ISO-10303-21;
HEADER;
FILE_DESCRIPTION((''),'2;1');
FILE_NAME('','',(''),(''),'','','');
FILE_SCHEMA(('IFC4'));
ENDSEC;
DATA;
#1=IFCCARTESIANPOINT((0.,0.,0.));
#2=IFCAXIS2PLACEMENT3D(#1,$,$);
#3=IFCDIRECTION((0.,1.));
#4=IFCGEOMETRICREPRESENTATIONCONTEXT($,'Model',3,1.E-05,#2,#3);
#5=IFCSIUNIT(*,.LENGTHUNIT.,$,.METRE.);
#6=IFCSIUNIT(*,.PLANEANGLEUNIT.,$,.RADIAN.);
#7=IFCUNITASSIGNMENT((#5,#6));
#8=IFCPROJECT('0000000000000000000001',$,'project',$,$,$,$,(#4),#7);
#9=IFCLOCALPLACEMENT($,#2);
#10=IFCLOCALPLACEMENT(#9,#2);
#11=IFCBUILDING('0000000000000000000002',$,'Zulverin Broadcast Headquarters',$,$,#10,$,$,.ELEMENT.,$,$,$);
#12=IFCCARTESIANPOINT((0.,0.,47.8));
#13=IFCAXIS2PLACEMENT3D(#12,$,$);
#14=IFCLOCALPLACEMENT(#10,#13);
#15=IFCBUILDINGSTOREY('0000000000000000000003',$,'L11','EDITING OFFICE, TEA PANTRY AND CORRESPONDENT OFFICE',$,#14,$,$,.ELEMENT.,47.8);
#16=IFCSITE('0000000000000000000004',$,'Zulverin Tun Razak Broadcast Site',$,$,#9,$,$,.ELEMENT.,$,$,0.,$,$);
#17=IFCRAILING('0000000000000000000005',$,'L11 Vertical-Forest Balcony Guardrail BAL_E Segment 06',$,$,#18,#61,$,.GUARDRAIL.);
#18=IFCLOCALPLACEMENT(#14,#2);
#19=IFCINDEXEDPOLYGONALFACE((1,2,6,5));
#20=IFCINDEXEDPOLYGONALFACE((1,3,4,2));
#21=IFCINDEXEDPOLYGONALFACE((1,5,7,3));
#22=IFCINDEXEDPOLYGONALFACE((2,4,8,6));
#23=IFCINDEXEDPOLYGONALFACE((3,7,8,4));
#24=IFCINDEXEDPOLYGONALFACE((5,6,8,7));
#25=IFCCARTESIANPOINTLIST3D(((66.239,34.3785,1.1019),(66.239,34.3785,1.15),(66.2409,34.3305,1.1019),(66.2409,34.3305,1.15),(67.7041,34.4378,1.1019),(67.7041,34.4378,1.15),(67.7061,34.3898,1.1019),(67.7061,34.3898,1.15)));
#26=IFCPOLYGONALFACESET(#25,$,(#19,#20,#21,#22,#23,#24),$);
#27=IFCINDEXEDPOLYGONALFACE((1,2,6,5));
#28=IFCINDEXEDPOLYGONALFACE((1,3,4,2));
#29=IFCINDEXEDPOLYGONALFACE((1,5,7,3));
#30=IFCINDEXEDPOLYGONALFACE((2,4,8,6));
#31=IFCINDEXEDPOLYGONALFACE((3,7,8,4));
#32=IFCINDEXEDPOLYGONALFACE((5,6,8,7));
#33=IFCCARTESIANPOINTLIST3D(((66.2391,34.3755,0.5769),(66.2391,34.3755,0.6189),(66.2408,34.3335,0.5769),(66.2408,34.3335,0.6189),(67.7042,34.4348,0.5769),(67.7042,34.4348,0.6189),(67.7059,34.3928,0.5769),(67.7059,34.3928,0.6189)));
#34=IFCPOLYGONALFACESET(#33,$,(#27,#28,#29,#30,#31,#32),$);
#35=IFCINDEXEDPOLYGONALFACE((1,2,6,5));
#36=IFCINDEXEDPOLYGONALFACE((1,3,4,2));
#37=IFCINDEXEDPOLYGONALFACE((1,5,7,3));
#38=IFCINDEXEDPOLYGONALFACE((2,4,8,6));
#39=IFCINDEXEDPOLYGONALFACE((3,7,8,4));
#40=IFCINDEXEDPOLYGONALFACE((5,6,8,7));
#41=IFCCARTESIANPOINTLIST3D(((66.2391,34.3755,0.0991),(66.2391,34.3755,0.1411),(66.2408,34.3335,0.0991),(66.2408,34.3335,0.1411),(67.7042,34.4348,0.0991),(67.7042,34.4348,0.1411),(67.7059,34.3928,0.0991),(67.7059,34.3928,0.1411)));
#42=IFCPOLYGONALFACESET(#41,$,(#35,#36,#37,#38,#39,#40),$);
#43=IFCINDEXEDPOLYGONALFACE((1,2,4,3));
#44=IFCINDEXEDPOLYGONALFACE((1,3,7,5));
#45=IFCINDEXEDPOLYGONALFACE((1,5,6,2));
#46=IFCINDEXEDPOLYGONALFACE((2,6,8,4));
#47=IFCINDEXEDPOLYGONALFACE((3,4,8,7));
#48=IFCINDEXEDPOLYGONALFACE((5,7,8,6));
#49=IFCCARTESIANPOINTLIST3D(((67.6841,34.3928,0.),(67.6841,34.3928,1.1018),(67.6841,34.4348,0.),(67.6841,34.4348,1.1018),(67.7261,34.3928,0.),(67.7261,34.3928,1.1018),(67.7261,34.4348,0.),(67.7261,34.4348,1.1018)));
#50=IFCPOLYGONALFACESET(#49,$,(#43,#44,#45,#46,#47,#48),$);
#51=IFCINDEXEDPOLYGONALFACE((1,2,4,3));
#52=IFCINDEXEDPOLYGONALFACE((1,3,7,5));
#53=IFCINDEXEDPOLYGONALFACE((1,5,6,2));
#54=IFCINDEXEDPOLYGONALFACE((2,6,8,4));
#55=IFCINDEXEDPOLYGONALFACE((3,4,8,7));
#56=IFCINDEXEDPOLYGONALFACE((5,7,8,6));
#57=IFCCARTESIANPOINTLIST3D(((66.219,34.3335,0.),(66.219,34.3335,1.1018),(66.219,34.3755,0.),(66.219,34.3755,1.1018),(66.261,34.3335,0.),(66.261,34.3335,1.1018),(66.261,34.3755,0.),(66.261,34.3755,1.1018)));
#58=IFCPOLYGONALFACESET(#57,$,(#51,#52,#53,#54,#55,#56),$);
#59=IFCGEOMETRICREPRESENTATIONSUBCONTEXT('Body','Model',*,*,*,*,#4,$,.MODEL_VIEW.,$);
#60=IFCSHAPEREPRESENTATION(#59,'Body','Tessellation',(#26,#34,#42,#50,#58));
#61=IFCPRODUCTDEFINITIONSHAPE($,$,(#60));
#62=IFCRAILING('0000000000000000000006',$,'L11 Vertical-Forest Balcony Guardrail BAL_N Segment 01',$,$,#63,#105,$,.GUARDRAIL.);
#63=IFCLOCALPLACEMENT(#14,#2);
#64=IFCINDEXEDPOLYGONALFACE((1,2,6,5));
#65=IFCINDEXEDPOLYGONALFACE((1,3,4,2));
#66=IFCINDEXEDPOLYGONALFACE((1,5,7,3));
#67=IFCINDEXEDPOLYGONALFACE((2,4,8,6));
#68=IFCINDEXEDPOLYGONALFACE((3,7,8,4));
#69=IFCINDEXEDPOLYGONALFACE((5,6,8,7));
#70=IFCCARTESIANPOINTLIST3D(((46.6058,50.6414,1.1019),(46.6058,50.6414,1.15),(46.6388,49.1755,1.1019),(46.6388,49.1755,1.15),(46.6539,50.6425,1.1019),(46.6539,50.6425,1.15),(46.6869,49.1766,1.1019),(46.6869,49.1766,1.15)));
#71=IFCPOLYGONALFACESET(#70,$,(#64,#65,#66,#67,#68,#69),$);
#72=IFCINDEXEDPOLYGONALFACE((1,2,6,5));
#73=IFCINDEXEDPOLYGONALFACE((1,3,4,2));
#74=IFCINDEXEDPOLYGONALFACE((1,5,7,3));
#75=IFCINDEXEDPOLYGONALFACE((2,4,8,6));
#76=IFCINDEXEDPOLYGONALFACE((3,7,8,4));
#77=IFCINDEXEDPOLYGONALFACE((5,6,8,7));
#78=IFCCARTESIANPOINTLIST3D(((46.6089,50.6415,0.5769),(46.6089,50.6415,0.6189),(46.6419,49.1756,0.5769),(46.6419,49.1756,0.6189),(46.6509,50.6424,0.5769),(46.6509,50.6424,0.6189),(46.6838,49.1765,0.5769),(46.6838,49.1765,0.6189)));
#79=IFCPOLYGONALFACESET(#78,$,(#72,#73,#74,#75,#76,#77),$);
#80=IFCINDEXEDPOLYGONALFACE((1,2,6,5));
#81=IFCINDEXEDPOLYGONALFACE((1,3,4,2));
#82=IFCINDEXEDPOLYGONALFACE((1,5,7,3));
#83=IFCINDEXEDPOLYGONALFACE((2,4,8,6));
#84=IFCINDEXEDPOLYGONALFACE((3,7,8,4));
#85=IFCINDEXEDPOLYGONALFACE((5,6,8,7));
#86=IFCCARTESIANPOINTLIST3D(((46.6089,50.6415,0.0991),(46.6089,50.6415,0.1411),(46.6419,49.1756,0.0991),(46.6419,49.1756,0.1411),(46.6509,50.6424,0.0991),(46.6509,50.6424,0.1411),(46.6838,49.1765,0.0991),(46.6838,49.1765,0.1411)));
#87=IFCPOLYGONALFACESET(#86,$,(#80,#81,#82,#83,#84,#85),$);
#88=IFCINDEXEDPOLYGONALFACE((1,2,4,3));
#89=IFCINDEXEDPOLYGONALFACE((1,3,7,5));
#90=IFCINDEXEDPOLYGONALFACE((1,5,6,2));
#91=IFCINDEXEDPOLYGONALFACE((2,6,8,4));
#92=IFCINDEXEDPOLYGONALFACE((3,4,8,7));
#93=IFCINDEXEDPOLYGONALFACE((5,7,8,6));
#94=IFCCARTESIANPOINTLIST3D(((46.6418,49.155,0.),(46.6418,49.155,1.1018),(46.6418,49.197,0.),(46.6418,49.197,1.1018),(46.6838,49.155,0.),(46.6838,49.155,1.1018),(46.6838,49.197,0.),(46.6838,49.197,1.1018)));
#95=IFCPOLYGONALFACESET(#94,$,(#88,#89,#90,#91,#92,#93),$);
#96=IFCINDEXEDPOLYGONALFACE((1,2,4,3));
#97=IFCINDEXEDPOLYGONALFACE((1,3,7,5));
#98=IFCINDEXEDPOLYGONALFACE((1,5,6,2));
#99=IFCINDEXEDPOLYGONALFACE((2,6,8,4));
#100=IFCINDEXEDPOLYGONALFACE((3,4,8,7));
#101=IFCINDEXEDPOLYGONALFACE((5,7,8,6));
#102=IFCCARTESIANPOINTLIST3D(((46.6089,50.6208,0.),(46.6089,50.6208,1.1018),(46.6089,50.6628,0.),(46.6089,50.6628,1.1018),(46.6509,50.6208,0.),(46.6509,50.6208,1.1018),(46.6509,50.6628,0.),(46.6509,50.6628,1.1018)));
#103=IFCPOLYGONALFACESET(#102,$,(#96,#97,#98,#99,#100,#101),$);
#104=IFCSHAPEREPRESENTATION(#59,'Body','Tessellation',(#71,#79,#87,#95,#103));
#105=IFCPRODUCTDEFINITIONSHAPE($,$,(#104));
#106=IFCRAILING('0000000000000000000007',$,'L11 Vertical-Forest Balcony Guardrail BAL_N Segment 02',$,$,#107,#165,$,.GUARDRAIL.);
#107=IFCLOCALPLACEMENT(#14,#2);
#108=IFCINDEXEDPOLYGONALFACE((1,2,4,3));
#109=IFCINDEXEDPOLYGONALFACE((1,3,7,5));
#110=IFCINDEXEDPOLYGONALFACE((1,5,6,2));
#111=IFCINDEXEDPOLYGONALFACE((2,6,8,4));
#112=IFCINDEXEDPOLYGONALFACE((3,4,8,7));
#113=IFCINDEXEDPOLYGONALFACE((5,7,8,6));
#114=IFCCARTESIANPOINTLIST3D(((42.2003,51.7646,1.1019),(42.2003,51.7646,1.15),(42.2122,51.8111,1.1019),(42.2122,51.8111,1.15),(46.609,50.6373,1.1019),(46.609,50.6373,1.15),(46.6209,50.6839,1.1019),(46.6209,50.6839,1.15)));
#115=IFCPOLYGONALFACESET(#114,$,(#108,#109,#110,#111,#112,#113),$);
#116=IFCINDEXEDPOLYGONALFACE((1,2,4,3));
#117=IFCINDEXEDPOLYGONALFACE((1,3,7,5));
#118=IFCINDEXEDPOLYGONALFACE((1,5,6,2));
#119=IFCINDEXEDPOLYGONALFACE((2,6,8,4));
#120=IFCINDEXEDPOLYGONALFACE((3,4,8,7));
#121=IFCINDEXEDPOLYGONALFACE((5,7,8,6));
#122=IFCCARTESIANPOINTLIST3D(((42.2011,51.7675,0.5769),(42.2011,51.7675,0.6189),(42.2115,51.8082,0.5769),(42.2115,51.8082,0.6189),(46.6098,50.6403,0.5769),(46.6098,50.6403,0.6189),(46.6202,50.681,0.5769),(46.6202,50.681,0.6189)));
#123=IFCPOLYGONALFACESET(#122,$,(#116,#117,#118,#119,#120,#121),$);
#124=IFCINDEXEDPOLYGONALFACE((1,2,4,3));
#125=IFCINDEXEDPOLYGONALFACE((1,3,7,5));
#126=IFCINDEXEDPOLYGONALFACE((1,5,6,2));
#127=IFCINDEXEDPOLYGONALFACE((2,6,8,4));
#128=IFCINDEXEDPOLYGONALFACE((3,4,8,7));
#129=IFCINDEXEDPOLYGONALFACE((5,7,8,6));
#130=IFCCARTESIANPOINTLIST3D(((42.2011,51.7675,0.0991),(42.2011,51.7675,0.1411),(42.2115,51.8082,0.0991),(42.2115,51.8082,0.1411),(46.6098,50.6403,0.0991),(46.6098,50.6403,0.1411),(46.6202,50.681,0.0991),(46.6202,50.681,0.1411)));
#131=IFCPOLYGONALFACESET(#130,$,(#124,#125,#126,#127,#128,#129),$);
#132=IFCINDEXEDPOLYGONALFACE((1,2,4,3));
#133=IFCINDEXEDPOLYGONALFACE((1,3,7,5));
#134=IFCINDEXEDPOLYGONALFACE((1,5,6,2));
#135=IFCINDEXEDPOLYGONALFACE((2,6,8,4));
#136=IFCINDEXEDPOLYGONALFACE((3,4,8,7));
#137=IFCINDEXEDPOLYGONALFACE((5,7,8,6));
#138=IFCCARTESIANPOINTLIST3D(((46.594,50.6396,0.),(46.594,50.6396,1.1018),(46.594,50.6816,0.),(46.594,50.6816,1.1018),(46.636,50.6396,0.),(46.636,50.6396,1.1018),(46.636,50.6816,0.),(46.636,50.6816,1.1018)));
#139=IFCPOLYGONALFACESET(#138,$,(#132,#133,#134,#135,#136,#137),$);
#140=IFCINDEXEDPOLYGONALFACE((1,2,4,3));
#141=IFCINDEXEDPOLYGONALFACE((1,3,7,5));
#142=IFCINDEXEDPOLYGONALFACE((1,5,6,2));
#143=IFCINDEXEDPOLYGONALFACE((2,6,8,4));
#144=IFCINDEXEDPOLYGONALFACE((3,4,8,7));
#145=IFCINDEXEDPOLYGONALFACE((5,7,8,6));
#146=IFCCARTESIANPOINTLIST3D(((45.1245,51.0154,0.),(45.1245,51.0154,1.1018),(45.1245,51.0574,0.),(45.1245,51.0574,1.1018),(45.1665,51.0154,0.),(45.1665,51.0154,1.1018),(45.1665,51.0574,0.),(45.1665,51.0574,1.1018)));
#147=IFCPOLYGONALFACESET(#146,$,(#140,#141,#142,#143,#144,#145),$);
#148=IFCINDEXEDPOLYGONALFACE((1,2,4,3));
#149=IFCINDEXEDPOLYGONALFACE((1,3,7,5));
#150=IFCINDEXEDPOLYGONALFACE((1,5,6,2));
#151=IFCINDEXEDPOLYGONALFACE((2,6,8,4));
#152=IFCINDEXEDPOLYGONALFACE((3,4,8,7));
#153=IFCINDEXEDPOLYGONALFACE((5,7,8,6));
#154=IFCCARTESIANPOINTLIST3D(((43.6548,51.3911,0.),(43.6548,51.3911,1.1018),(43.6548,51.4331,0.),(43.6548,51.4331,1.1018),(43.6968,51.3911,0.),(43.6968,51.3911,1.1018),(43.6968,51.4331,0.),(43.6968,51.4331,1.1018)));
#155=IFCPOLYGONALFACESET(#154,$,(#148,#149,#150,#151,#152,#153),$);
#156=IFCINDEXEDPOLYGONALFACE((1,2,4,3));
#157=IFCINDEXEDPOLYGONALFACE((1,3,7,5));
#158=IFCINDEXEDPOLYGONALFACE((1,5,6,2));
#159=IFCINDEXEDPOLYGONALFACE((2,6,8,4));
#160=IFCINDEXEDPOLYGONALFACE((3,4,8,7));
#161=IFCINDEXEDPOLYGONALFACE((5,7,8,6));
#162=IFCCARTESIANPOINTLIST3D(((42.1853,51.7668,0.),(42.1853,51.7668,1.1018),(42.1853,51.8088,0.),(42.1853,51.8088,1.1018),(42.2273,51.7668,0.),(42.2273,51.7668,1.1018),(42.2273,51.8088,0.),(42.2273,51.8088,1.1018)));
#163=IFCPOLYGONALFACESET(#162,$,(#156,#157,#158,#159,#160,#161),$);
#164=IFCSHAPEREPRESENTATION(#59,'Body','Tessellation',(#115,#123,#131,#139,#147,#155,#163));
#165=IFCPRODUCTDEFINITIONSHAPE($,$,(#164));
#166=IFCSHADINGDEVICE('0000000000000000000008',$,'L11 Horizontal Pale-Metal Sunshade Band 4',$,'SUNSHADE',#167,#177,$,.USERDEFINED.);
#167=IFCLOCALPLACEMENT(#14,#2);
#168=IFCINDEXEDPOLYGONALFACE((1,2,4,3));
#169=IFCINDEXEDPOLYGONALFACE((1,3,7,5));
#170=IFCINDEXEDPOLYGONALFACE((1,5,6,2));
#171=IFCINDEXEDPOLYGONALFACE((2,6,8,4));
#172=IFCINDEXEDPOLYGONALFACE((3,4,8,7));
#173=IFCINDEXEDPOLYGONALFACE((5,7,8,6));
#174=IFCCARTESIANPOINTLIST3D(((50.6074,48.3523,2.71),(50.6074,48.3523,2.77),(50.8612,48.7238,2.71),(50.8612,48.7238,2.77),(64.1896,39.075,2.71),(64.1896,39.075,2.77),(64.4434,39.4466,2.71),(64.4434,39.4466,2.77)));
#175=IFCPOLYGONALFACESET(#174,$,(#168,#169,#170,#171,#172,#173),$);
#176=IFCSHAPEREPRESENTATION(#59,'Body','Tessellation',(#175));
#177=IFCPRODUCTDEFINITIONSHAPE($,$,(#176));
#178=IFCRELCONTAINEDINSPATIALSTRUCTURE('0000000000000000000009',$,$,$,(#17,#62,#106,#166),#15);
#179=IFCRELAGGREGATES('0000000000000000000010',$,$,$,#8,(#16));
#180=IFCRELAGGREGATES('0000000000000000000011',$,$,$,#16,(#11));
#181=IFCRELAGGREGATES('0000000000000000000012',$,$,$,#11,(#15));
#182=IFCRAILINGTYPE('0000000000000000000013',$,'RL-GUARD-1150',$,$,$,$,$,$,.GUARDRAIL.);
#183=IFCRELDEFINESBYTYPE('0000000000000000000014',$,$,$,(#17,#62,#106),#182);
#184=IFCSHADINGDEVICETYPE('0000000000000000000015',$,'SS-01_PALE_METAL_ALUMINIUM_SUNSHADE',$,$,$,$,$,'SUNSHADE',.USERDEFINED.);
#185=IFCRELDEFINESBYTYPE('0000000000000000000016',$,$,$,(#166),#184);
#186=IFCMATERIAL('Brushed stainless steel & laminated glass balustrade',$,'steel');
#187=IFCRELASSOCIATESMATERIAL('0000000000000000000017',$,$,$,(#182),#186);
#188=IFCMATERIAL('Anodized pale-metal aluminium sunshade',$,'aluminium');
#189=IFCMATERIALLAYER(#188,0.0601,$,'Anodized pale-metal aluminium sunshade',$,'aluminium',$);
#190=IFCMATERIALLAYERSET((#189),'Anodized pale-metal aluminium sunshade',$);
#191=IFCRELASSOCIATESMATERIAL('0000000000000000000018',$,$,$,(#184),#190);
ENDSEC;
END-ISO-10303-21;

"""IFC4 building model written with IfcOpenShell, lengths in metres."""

from ifc_helpers import new_model, si_unit, direction, frame, origin, origin_2d, place, context, subcontext, project, spatial, rectangle, extrude, material, layer, layer_set, type_object, element, save


model = new_model("IFC4")

# Units and contexts
model_context = context("Model", 3, precision=1e-05, world=origin(), true_north=direction((0.0, 1.0)))
body_context = subcontext(model_context, "Body", "Model", "MODEL_VIEW")
ifc_project = project(units=[si_unit("LENGTHUNIT", "METRE"), si_unit("PLANEANGLEUNIT", "RADIAN")], contexts=[model_context])

# Site, building, storey
site_placement = place(None, origin())
site = spatial("IfcSite", under=ifc_project, at=site_placement, Name="Zulverin Tun Razak Broadcast Site", CompositionType="ELEMENT", RefElevation=0.0)
building_placement = place(site_placement, origin())
building = spatial("IfcBuilding", under=site, at=building_placement, Name="Zulverin Broadcast Headquarters", CompositionType="ELEMENT")
storey_placement = place(building_placement, frame((0.0, 0.0, 47.8)))
storey = spatial("IfcBuildingStorey", under=building, at=storey_placement, Name="L11", Description="EDITING OFFICE, TEA PANTRY AND CORRESPONDENT OFFICE", CompositionType="ELEMENT", Elevation=47.8)

# Railings
ifc_material_1 = material(Name="Brushed stainless steel & laminated glass balustrade", Category="steel")
railing_type = type_object("IfcRailingType", Name="RL-GUARD-1150", PredefinedType="GUARDRAIL", material=ifc_material_1)
railing_1_placement = place(storey_placement, frame((67.7051, 34.4138, 0.0)))
element("IfcRailing", 1, at=railing_1_placement, inside=storey, type_object=railing_type, Name="L11 Vertical-Forest Balcony Guardrail BAL_E Segment 06", PredefinedType="GUARDRAIL", context=body_context, shape_type="SweptSolid", body=[
    extrude(rectangle(XDim=0.0481, YDim=0.0481, at=origin_2d()), frame((0.0, 0.0, 1.126), z_axis=(-0.999181, -0.04046, 0.0), x_axis=(0.04046, -0.999181, 0.0)), (0.0, 0.0, 1.0), 1.4663),
    extrude(rectangle(XDim=0.042, YDim=0.042, at=origin_2d()), frame((0.0, 0.0, 0.5979), z_axis=(-0.999181, -0.04046, 0.0), x_axis=(0.04046, -0.999181, 0.0)), (0.0, 0.0, 1.0), 1.4663),
    extrude(rectangle(XDim=0.042, YDim=0.042, at=origin_2d()), frame((0.0, 0.0, 0.1201), z_axis=(-0.999181, -0.04046, 0.0), x_axis=(0.04046, -0.999181, 0.0)), (0.0, 0.0, 1.0), 1.4663),
    extrude(rectangle(XDim=0.042, YDim=0.042, at=origin_2d()), origin(), (0.0, 0.0, 1.0), 1.1018),
    extrude(rectangle(XDim=0.042, YDim=0.042, at=origin_2d()), frame((-1.4651, -0.0593, 0.0)), (0.0, 0.0, 1.0), 1.1018),
])
railing_2_placement = place(storey_placement, frame((46.6628, 49.176, 0.0)))
element("IfcRailing", 2, at=railing_2_placement, inside=storey, type_object=railing_type, Name="L11 Vertical-Forest Balcony Guardrail BAL_N Segment 01", PredefinedType="GUARDRAIL", context=body_context, shape_type="SweptSolid", body=[
    extrude(rectangle(XDim=0.0481, YDim=0.0481, at=origin_2d()), frame((0.0, 0.0, 1.126), z_axis=(-0.022479, 0.999747, 0.0), x_axis=(-0.999747, -0.022479, 0.0)), (0.0, 0.0, 1.0), 1.4663),
    extrude(rectangle(XDim=0.042, YDim=0.042, at=origin_2d()), frame((0.0, 0.0, 0.5979), z_axis=(-0.022479, 0.999747, 0.0), x_axis=(-0.999747, -0.022479, 0.0)), (0.0, 0.0, 1.0), 1.4663),
    extrude(rectangle(XDim=0.042, YDim=0.042, at=origin_2d()), frame((0.0, 0.0, 0.1201), z_axis=(-0.022479, 0.999747, 0.0), x_axis=(-0.999747, -0.022479, 0.0)), (0.0, 0.0, 1.0), 1.4663),
    extrude(rectangle(XDim=0.042, YDim=0.042, at=origin_2d()), origin(), (0.0, 0.0, 1.0), 1.1018),
    extrude(rectangle(XDim=0.042, YDim=0.042, at=origin_2d()), frame((-0.033, 1.4658, 0.0)), (0.0, 0.0, 1.0), 1.1018),
])
railing_3_placement = place(storey_placement, frame((46.615, 50.6606, 0.0)))
element("IfcRailing", 3, at=railing_3_placement, inside=storey, type_object=railing_type, Name="L11 Vertical-Forest Balcony Guardrail BAL_N Segment 02", PredefinedType="GUARDRAIL", context=body_context, shape_type="SweptSolid", body=[
    extrude(rectangle(XDim=0.0481, YDim=0.0481, at=origin_2d()), frame((0.0, 0.0, 1.126), z_axis=(-0.968835, 0.247708, 0.0), x_axis=(-0.247708, -0.968835, 0.0)), (0.0, 0.0, 1.0), 4.5505),
    extrude(rectangle(XDim=0.042, YDim=0.042, at=origin_2d()), frame((0.0, 0.0, 0.5979), z_axis=(-0.968835, 0.247708, 0.0), x_axis=(-0.247708, -0.968835, 0.0)), (0.0, 0.0, 1.0), 4.5505),
    extrude(rectangle(XDim=0.042, YDim=0.042, at=origin_2d()), frame((0.0, 0.0, 0.1201), z_axis=(-0.968835, 0.247708, 0.0), x_axis=(-0.247708, -0.968835, 0.0)), (0.0, 0.0, 1.0), 4.5505),
    extrude(rectangle(XDim=0.042, YDim=0.042, at=origin_2d()), origin(), (0.0, 0.0, 1.0), 1.1018),
    extrude(rectangle(XDim=0.042, YDim=0.042, at=origin_2d()), frame((-1.4695, 0.3757, 0.0)), (0.0, 0.0, 1.0), 1.1018),
    extrude(rectangle(XDim=0.042, YDim=0.042, at=origin_2d()), frame((-2.9392, 0.7515, 0.0)), (0.0, 0.0, 1.0), 1.1018),
    extrude(rectangle(XDim=0.042, YDim=0.042, at=origin_2d()), frame((-4.4087, 1.1272, 0.0)), (0.0, 0.0, 1.0), 1.1018),
])

# Shading device
ifc_material_2 = material(Name="Anodized pale-metal aluminium sunshade", Category="aluminium")
ifc_layer_1 = layer(ifc_material_2, 0.0601, Name="Anodized pale-metal aluminium sunshade", Category="aluminium")
ifc_layer_set_1 = layer_set([ifc_layer_1], Name="Anodized pale-metal aluminium sunshade")
shading_device_type = type_object("IfcShadingDeviceType", Name="SS-01_PALE_METAL_ALUMINIUM_SUNSHADE", ElementType="SUNSHADE", PredefinedType="USERDEFINED", material=ifc_layer_set_1)
shading_device_placement = place(storey_placement, frame((57.5254, 43.8994, 2.71), z_axis=(0.0, 0.0, 1.0), x_axis=(-0.825757, 0.564026, 0.0)))
element("IfcShadingDevice", 4, at=shading_device_placement, inside=storey, type_object=shading_device_type, Name="L11 Horizontal Pale-Metal Sunshade Band 4", ObjectType="SUNSHADE", PredefinedType="USERDEFINED", context=body_context, shape_type="SweptSolid", body=[
    extrude(rectangle(XDim=16.4482, YDim=0.45, at=origin_2d()), origin(), (0.0, 0.0, 1.0), 0.0601),
])

save(model, "model.ifc")
